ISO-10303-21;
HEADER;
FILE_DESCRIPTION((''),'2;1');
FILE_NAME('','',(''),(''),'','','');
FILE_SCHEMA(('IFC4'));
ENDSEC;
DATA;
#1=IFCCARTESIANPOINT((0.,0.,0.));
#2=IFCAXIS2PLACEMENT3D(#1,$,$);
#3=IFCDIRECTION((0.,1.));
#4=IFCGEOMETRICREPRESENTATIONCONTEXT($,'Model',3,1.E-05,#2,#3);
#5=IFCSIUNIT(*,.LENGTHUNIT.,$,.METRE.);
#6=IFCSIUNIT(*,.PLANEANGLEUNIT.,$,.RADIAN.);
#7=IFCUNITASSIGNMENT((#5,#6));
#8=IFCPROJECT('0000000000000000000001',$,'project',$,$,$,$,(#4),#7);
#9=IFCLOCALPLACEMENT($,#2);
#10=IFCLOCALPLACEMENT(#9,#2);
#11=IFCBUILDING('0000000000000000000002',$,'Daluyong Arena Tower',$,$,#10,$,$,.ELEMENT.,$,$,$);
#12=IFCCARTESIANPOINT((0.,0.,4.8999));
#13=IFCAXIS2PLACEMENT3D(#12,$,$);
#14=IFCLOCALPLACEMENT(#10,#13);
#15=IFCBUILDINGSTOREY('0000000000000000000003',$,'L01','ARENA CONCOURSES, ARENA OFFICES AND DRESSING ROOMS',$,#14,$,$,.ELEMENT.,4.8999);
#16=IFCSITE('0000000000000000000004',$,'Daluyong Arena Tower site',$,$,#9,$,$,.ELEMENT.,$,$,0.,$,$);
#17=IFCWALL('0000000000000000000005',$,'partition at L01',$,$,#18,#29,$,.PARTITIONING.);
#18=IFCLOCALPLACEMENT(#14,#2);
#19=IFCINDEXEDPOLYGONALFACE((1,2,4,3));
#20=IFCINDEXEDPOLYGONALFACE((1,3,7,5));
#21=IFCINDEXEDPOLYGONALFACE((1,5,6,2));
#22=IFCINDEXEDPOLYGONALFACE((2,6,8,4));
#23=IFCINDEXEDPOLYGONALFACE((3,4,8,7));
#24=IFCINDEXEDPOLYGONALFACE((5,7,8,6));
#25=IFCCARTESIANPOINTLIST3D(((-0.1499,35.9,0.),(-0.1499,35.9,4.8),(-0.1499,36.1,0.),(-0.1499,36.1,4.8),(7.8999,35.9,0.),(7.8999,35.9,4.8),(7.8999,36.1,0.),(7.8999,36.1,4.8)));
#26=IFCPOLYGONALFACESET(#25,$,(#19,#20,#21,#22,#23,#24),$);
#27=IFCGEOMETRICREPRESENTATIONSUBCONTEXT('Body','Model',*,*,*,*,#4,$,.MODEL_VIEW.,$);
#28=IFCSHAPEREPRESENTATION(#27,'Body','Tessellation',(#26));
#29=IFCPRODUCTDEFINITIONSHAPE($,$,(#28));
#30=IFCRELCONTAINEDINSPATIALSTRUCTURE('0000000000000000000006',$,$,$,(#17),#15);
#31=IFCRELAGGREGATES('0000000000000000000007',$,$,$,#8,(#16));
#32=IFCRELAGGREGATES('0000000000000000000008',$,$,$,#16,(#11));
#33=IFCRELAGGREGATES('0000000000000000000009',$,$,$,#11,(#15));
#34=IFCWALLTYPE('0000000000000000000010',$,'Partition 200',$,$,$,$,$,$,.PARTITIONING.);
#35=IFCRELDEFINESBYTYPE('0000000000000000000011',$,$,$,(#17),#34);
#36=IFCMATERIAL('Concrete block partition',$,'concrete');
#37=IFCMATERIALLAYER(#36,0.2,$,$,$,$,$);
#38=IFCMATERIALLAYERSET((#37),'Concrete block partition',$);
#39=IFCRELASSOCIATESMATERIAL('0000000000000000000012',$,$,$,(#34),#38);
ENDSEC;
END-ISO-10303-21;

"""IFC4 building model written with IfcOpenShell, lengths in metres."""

from ifc_helpers import new_model, si_unit, direction, frame, frame_2d, origin, place, context, subcontext, project, spatial, rectangle, extrude, material, layer, layer_set, type_object, element, save


model = new_model("IFC4")

# Units and contexts
model_context = context("Model", 3, precision=1e-05, world=origin(), true_north=direction((0.0, 1.0)))
body_context = subcontext(model_context, "Body", "Model", "MODEL_VIEW")
ifc_project = project(units=[si_unit("LENGTHUNIT", "METRE"), si_unit("PLANEANGLEUNIT", "RADIAN")], contexts=[model_context])

# Site, building, storey
site_placement = place(None, origin())
site = spatial("IfcSite", under=ifc_project, at=site_placement, Name="Daluyong Arena Tower site", CompositionType="ELEMENT", RefElevation=0.0)
building_placement = place(site_placement, origin())
building = spatial("IfcBuilding", under=site, at=building_placement, Name="Daluyong Arena Tower", CompositionType="ELEMENT")
storey_placement = place(building_placement, frame((0.0, 0.0, 4.8999)))
storey = spatial("IfcBuildingStorey", under=building, at=storey_placement, Name="L01", Description="ARENA CONCOURSES, ARENA OFFICES AND DRESSING ROOMS", CompositionType="ELEMENT", Elevation=4.8999)

# Wall
ifc_material_1 = material(Name="Concrete block partition", Category="concrete")
ifc_layer = layer(ifc_material_1, 0.2)
ifc_layer_set = layer_set([ifc_layer], Name="Concrete block partition")
wall_type = type_object("IfcWallType", Name="Partition 200", PredefinedType="PARTITIONING", material=ifc_layer_set)
wall_1_placement = place(storey_placement, frame((-0.1499, 36.0, 0.0), z_axis=(0.0, 0.0, 1.0), x_axis=(1.0, 0.0, 0.0)))
element("IfcWall", 1, at=wall_1_placement, inside=storey, type_object=wall_type, Name="partition at L01", PredefinedType="PARTITIONING", context=body_context, shape_type="SweptSolid", body=[
    extrude(rectangle(XDim=8.0498, YDim=0.2, at=frame_2d((4.0249, 0.0))), origin(), (0.0, 0.0, 1.0), 4.8),
])

save(model, "model.ifc")
